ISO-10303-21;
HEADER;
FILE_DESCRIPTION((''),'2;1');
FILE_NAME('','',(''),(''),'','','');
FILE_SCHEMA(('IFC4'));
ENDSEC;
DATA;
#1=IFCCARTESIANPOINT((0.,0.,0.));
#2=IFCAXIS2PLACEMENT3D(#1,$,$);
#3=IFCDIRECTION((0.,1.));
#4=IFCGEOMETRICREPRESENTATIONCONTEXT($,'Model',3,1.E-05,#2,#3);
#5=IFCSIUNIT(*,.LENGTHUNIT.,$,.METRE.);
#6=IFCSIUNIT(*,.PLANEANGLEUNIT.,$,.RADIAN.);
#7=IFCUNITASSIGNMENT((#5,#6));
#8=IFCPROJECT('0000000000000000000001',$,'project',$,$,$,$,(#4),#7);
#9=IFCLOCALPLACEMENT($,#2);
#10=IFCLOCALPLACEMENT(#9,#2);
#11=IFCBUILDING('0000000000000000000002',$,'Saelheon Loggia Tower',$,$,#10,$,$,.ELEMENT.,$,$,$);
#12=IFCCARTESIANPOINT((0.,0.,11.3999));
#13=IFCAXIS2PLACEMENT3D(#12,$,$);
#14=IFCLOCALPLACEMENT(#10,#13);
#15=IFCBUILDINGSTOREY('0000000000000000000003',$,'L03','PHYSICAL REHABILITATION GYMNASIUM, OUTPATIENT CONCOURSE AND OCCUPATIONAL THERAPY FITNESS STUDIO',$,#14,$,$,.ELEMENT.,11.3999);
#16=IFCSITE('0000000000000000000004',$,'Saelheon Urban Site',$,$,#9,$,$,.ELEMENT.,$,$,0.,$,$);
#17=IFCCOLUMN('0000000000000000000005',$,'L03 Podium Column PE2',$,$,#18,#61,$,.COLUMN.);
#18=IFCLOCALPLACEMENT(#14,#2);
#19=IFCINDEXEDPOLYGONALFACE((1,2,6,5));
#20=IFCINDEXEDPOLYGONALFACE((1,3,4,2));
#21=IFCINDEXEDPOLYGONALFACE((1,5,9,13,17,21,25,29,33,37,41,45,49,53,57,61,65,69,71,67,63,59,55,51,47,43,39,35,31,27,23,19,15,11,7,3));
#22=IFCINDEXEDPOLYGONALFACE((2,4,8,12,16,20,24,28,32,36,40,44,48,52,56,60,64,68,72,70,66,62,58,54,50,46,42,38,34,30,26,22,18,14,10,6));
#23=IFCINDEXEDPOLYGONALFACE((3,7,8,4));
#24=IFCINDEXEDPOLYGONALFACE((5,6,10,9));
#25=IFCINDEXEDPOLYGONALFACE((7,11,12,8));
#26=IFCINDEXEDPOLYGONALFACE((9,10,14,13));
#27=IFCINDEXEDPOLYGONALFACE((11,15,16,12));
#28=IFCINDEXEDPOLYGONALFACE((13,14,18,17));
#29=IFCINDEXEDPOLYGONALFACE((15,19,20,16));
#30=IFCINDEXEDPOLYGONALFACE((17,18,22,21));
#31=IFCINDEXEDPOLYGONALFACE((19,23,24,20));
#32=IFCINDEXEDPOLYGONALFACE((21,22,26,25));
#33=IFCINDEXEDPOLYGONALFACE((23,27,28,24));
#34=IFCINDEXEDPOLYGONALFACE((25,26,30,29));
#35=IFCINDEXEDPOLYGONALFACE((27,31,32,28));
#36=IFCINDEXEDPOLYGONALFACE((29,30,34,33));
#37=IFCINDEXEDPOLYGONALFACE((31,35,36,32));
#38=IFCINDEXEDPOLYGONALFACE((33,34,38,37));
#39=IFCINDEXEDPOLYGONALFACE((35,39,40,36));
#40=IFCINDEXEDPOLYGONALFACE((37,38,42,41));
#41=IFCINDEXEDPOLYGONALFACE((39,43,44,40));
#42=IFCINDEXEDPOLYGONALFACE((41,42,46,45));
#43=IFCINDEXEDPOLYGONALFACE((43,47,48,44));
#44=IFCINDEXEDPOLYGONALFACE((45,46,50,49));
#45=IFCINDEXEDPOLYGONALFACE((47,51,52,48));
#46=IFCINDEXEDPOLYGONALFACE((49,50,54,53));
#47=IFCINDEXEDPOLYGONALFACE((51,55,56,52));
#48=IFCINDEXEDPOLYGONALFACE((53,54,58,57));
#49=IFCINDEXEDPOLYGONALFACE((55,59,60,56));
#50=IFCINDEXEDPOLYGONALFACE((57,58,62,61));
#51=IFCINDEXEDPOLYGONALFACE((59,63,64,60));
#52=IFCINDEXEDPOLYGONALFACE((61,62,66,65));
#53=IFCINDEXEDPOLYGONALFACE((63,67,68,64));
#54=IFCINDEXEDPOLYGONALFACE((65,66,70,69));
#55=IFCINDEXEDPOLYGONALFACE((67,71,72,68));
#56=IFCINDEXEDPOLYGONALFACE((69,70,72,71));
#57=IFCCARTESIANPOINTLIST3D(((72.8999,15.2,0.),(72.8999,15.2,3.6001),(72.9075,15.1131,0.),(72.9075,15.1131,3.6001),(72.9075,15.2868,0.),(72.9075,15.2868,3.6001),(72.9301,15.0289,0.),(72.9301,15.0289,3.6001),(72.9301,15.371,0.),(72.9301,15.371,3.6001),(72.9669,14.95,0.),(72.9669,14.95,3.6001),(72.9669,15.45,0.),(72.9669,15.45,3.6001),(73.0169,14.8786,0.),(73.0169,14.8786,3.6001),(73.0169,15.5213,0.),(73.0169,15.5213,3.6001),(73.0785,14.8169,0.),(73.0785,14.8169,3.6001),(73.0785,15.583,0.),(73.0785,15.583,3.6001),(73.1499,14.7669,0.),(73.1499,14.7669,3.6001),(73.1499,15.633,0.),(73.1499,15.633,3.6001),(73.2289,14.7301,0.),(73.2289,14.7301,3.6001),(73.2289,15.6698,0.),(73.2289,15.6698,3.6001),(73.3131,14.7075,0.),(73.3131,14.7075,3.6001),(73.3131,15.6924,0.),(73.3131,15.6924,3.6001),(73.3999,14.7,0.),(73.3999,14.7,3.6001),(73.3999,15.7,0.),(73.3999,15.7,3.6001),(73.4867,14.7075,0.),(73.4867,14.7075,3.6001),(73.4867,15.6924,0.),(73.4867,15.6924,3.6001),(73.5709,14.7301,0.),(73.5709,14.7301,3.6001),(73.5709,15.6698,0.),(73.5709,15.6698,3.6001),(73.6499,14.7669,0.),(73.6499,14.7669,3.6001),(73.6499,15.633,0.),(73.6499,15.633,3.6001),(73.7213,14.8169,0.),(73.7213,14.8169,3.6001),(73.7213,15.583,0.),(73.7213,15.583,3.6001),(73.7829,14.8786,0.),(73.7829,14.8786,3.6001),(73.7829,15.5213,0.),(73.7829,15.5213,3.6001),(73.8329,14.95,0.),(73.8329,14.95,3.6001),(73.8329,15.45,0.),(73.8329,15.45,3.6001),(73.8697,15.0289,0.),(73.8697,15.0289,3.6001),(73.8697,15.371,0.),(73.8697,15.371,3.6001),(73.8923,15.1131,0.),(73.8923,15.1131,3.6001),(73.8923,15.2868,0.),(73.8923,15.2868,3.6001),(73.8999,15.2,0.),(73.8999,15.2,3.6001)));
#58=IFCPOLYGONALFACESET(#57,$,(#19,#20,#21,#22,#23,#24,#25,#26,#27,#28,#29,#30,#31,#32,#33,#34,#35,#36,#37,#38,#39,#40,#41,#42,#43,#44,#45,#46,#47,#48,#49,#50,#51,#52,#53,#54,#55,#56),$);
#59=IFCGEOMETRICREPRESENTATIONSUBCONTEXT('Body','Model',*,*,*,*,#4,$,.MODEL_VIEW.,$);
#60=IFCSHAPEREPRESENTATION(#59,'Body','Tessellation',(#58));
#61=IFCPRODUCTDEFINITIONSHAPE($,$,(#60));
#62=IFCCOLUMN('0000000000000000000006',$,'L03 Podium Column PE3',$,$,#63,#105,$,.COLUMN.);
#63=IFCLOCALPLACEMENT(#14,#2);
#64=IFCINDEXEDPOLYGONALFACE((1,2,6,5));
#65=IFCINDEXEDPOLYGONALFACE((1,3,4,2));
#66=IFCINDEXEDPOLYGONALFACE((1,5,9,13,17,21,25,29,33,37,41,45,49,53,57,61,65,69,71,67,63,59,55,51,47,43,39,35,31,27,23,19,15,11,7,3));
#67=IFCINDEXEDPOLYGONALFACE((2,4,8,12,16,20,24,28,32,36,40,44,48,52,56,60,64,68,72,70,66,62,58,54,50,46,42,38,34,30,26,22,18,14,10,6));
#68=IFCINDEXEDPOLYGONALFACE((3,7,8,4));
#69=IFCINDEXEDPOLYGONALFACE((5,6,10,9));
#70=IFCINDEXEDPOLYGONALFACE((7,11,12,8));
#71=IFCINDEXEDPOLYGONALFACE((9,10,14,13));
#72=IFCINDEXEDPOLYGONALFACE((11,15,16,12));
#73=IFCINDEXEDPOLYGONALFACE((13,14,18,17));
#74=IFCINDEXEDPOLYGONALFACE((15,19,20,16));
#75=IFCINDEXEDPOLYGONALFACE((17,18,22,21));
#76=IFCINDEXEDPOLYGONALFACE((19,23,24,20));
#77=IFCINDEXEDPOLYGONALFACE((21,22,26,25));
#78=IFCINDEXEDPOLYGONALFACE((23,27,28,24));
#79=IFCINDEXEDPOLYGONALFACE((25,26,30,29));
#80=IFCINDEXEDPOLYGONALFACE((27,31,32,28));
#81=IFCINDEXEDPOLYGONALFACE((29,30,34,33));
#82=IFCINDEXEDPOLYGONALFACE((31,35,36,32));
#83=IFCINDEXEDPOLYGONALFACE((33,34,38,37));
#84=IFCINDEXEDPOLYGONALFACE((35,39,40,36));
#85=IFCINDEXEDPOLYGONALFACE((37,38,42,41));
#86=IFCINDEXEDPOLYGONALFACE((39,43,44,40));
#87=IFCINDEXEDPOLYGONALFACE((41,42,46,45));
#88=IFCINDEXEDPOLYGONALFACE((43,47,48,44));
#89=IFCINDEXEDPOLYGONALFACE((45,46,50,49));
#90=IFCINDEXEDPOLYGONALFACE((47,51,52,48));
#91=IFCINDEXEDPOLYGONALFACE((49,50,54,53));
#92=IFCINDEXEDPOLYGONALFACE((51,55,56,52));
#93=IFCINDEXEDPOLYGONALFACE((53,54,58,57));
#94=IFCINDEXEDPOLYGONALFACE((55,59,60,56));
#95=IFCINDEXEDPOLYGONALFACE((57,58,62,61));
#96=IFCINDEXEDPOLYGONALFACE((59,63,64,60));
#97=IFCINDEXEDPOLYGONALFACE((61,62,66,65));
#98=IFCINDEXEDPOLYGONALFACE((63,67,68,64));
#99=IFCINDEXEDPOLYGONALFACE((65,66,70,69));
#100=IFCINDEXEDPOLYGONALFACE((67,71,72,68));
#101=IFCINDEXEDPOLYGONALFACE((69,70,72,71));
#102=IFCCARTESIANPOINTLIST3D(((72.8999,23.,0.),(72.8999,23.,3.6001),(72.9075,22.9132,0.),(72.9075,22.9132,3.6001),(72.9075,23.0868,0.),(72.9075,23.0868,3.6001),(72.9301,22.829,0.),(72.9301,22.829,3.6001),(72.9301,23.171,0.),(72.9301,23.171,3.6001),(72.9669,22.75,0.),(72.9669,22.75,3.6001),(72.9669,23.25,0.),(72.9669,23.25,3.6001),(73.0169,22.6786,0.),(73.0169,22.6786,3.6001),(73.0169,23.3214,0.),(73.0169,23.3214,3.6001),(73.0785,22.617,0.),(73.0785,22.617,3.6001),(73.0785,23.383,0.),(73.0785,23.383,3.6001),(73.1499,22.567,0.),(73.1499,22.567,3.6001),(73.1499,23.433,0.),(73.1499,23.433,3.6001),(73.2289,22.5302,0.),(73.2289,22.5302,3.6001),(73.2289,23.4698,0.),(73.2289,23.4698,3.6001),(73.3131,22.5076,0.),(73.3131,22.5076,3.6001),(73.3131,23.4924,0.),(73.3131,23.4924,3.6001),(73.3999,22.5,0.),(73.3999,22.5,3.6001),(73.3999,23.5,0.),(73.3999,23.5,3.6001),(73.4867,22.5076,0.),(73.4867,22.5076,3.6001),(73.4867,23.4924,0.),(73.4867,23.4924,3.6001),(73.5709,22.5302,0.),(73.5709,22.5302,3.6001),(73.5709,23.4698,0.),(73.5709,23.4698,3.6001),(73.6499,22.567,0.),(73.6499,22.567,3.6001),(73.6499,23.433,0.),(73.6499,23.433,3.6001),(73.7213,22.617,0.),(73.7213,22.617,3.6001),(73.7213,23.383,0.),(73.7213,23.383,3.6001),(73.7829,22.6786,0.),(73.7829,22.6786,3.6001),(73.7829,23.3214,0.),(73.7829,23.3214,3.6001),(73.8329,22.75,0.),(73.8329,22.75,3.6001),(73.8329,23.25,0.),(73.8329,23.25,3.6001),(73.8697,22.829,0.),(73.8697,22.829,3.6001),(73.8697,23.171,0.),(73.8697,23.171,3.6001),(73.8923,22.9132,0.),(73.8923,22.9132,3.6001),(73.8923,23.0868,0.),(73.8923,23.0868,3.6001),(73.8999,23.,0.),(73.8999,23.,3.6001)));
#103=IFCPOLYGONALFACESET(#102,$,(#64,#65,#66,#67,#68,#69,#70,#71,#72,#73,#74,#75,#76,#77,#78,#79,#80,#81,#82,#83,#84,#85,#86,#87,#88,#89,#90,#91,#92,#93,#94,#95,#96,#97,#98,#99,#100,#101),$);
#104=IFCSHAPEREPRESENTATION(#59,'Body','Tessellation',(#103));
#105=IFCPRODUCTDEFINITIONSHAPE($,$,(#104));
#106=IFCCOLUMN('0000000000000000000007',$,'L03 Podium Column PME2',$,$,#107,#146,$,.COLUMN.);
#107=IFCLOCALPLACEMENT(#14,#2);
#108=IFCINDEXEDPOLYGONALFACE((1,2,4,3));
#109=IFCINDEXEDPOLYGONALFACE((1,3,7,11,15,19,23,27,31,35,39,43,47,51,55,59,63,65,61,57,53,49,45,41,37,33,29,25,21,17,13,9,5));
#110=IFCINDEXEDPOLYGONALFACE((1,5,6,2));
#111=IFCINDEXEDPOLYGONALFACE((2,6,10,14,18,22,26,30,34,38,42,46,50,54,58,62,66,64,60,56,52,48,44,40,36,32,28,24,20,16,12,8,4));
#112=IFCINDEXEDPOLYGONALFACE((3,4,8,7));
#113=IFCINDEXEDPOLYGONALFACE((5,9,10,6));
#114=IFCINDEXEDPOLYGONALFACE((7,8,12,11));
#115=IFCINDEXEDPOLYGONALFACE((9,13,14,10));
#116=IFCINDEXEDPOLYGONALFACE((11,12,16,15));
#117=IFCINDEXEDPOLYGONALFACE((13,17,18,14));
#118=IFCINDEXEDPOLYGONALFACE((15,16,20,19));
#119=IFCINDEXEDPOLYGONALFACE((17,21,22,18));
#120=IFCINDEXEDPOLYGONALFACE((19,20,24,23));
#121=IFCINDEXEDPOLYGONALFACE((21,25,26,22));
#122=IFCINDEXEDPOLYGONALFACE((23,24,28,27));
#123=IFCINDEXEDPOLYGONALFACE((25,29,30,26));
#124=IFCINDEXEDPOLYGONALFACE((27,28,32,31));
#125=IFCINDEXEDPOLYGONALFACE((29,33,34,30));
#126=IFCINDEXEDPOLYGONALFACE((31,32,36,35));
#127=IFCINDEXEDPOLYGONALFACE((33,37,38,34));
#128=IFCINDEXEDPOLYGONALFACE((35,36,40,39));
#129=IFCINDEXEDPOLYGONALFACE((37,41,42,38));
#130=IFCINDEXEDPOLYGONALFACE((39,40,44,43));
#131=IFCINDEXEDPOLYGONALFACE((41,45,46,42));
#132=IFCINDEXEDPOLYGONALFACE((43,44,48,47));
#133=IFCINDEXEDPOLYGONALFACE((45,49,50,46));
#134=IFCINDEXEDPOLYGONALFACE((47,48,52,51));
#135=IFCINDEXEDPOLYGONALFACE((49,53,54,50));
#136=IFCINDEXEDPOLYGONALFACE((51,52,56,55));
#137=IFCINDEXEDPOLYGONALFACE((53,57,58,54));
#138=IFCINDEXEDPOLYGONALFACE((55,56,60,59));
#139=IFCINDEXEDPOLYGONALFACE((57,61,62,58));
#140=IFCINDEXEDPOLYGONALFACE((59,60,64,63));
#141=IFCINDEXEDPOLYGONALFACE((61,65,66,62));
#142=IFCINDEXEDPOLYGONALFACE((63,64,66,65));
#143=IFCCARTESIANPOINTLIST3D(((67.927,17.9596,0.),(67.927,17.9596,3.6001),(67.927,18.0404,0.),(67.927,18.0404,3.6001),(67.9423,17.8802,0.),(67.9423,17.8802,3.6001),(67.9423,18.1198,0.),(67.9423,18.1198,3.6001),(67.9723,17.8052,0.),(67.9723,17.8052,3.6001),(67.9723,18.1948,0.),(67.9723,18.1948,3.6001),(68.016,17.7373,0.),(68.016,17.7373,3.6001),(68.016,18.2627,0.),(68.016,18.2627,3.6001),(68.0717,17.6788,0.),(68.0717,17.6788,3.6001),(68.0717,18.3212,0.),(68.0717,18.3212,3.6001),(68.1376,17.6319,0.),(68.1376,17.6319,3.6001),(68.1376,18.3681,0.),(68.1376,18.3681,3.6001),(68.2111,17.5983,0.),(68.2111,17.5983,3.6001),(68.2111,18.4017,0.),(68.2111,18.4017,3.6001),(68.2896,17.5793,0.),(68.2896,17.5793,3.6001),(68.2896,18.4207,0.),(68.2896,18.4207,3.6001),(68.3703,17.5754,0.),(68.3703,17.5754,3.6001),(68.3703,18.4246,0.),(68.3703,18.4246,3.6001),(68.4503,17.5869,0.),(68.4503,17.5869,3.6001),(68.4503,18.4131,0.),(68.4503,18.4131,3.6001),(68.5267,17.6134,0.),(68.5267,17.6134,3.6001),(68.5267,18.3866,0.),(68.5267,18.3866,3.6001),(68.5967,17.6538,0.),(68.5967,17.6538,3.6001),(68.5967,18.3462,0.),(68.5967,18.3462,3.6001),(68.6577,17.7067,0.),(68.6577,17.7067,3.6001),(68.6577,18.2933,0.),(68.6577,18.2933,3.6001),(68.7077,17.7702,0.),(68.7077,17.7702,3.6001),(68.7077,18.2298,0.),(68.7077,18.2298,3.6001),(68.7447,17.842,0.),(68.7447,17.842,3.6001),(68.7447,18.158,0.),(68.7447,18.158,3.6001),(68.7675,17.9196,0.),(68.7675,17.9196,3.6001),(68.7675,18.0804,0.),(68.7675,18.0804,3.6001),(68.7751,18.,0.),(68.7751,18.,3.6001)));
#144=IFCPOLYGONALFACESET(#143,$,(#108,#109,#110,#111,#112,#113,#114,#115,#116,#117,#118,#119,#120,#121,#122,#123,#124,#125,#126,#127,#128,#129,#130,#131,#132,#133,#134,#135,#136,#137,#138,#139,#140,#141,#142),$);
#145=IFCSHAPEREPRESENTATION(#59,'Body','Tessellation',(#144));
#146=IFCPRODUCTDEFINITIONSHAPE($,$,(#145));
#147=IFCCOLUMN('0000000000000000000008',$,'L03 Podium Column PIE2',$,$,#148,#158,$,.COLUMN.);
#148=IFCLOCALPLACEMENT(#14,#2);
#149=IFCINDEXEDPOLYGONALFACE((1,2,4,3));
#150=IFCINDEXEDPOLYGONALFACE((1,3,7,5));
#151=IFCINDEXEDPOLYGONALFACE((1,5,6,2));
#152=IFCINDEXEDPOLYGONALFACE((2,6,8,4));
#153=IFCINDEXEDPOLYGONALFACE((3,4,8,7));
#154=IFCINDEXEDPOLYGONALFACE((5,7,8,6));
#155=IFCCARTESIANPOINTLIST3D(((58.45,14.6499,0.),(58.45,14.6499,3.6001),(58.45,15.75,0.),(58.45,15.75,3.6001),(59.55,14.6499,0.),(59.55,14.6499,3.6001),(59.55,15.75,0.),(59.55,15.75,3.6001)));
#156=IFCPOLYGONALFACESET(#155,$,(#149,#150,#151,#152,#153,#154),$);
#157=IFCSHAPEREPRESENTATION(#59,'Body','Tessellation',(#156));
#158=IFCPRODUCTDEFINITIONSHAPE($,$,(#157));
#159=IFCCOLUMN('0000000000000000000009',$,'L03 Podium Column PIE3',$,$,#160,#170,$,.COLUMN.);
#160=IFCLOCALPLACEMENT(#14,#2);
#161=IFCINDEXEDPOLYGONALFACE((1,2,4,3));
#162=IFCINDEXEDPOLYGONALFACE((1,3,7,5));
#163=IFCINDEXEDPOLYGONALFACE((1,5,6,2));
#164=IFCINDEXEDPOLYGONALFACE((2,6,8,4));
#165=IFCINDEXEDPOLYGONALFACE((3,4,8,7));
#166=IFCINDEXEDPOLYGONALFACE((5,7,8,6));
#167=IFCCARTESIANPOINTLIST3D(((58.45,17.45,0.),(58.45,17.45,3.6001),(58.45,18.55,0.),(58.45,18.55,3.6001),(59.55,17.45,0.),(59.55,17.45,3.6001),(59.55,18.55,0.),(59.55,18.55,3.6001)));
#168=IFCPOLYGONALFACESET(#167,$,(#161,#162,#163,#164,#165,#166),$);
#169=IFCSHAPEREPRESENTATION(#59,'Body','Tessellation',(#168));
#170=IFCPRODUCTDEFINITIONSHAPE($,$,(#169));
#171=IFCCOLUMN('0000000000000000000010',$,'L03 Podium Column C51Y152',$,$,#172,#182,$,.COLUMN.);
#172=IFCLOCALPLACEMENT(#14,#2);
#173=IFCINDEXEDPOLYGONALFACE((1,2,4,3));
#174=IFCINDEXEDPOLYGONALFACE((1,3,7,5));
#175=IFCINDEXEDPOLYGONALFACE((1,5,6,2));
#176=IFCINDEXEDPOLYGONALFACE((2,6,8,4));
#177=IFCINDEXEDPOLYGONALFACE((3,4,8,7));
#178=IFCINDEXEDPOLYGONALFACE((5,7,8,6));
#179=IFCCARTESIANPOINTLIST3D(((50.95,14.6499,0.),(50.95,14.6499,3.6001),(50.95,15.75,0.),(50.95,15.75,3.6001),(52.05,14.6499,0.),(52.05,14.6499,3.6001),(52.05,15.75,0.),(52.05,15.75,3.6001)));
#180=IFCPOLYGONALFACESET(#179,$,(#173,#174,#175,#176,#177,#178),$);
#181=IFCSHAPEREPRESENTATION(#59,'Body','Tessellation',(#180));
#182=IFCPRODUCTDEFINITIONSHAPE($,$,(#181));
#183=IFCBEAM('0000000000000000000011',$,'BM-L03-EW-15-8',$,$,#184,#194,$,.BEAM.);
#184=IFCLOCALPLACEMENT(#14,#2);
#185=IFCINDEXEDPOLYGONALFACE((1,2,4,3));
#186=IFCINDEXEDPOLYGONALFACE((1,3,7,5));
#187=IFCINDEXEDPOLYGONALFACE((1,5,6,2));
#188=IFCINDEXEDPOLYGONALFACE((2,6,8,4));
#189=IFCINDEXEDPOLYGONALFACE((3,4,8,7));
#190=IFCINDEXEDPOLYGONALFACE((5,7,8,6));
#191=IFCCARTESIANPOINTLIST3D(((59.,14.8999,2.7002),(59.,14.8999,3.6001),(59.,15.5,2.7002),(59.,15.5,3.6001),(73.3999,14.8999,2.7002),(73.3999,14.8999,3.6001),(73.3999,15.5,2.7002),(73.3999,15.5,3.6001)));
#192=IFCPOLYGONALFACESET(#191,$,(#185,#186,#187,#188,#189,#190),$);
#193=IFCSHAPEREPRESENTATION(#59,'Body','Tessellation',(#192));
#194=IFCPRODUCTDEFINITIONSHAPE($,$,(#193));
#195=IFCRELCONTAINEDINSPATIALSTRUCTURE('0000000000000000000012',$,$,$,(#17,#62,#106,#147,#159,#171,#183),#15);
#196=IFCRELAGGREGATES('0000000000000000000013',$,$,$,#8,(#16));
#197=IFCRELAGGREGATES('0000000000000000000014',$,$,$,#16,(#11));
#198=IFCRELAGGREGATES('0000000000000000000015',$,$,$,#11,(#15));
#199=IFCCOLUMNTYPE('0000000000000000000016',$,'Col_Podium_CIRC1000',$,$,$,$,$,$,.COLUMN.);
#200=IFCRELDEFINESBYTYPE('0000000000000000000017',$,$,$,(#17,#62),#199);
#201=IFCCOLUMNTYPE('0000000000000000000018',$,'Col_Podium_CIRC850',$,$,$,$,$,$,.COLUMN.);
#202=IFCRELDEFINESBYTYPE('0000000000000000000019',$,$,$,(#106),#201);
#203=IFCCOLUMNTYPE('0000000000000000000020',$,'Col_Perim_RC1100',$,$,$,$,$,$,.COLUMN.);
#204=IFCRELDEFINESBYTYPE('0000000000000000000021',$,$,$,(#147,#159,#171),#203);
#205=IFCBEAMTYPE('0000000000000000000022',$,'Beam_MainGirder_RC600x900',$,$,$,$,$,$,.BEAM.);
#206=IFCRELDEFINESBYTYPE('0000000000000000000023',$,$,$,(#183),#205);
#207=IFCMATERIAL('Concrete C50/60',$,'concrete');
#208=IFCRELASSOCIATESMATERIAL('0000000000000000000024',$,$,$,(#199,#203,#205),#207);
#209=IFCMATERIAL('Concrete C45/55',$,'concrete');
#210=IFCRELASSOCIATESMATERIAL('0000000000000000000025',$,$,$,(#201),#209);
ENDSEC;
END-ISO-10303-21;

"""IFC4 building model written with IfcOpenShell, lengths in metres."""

from ifc_helpers import new_model, si_unit, direction, frame, origin, origin_2d, place, context, subcontext, project, spatial, rectangle, circle, extrude, source, transform, mapped, material, material_profile, profile_set, type_object, element, save


model = new_model("IFC4")

# Units and contexts
model_context = context("Model", 3, precision=1e-05, world=origin(), true_north=direction((0.0, 1.0)))
body_context = subcontext(model_context, "Body", "Model", "MODEL_VIEW")
ifc_project = project(units=[si_unit("LENGTHUNIT", "METRE"), si_unit("PLANEANGLEUNIT", "RADIAN")], contexts=[model_context])

# Site, building, storey
site_placement = place(None, origin())
site = spatial("IfcSite", under=ifc_project, at=site_placement, Name="Saelheon Urban Site", CompositionType="ELEMENT", RefElevation=0.0)
building_placement = place(site_placement, origin())
building = spatial("IfcBuilding", under=site, at=building_placement, Name="Saelheon Loggia Tower", CompositionType="ELEMENT")
storey_placement = place(building_placement, frame((0.0, 0.0, 11.3999)))
storey = spatial("IfcBuildingStorey", under=building, at=storey_placement, Name="L03", Description="PHYSICAL REHABILITATION GYMNASIUM, OUTPATIENT CONCOURSE AND OCCUPATIONAL THERAPY FITNESS STUDIO", CompositionType="ELEMENT", Elevation=11.3999)

# Columns
ifc_material_1 = material(Name="Concrete C50/60", Category="concrete")
ifc_material_profile_1 = material_profile(ifc_material_1, circle(Radius=0.5, at=origin_2d()), Name="CIRC-1000")
ifc_profile_set_1 = profile_set([ifc_material_profile_1], Name="Concrete C50/60")
column_type_1 = type_object("IfcColumnType", Name="Col_Podium_CIRC1000", PredefinedType="COLUMN", material=ifc_profile_set_1)
shared_shape_1 = source(origin(), body_context, "Body", "SweptSolid", [
    extrude(circle(Radius=0.5, at=origin_2d()), origin(), (0.0, 0.0, 1.0), 3.6001),
])
for number, where, z_axis, x_axis, name in (
    (1, (73.3999, 15.2, 0.0), (0.0, 0.0, 1.0), (1.0, 0.0, 0.0), "L03 Podium Column PE2"),
    (2, (73.3999, 23.0, 0.0), (0.0, 0.0, 1.0), (1.0, 0.0, 0.0), "L03 Podium Column PE3"),
):
    element("IfcColumn", number, at=place(storey_placement, frame(where, z_axis=z_axis, x_axis=x_axis)), inside=storey, type_object=column_type_1, Name=name, PredefinedType="COLUMN", context=body_context, shape_type="MappedRepresentation", body=[
        mapped(shared_shape_1, transform((0.0, 0.0, 0.0), scale=1.0)),
    ])
ifc_material_2 = material(Name="Concrete C45/55", Category="concrete")
ifc_material_profile_2 = material_profile(ifc_material_2, circle(Radius=0.425, at=origin_2d()), Name="CIRC-850")
ifc_profile_set_2 = profile_set([ifc_material_profile_2], Name="Concrete C45/55")
column_type_2 = type_object("IfcColumnType", Name="Col_Podium_CIRC850", PredefinedType="COLUMN", material=ifc_profile_set_2)
shared_shape_2 = source(origin(), body_context, "Body", "SweptSolid", [
    extrude(circle(Radius=0.425, at=origin_2d()), origin(), (0.0, 0.0, 1.0), 3.6001),
])
column_placement = place(storey_placement, frame((68.3501, 18.0, 0.0), z_axis=(0.0, 0.0, 1.0), x_axis=(1.0, 0.0, 0.0)))
element("IfcColumn", 3, at=column_placement, inside=storey, type_object=column_type_2, Name="L03 Podium Column PME2", PredefinedType="COLUMN", context=body_context, shape_type="MappedRepresentation", body=[
    mapped(shared_shape_2, transform((0.0, 0.0, 0.0), scale=1.0)),
])
ifc_material_profile_3 = material_profile(ifc_material_1, rectangle(XDim=1.1001, YDim=1.1001, at=origin_2d()), Name="RC-1100x1100")
ifc_profile_set_3 = profile_set([ifc_material_profile_3], Name="Concrete C50/60")
column_type_3 = type_object("IfcColumnType", Name="Col_Perim_RC1100", PredefinedType="COLUMN", material=ifc_profile_set_3)
shared_shape_3 = source(origin(), body_context, "Body", "SweptSolid", [
    extrude(rectangle(XDim=1.1001, YDim=1.1001, at=origin_2d()), origin(), (0.0, 0.0, 1.0), 3.6001),
])
for number, where, z_axis, x_axis, name in (
    (4, (59.0, 15.2, 0.0), (0.0, 0.0, 1.0), (1.0, 0.0, 0.0), "L03 Podium Column PIE2"),
    (5, (59.0, 18.0, 0.0), (0.0, 0.0, 1.0), (1.0, 0.0, 0.0), "L03 Podium Column PIE3"),
    (6, (51.5, 15.2, 0.0), (0.0, 0.0, 1.0), (1.0, 0.0, 0.0), "L03 Podium Column C51Y152"),
):
    element("IfcColumn", number, at=place(storey_placement, frame(where, z_axis=z_axis, x_axis=x_axis)), inside=storey, type_object=column_type_3, Name=name, PredefinedType="COLUMN", context=body_context, shape_type="MappedRepresentation", body=[
        mapped(shared_shape_3, transform((0.0, 0.0, 0.0), scale=1.0)),
    ])

# Beam
ifc_material_profile_4 = material_profile(ifc_material_1, rectangle(XDim=0.6001, YDim=0.8999, at=origin_2d()), Name="RC-600x900")
ifc_profile_set_4 = profile_set([ifc_material_profile_4], Name="Concrete C50/60")
beam_type_1 = type_object("IfcBeamType", Name="Beam_MainGirder_RC600x900", PredefinedType="BEAM", material=ifc_profile_set_4)
shared_shape_4 = source(origin(), body_context, "Body", "SweptSolid", [
    extrude(rectangle(XDim=0.6001, YDim=0.8999, at=origin_2d()), origin(), (0.0, 0.0, 1.0), 14.3999),
])
beam_1_placement = place(storey_placement, frame((59.0, 15.2, 3.1501), z_axis=(1.0, 0.0, 0.0), x_axis=(0.0, 1.0, 0.0)))
element("IfcBeam", 7, at=beam_1_placement, inside=storey, type_object=beam_type_1, Name="BM-L03-EW-15-8", PredefinedType="BEAM", context=body_context, shape_type="MappedRepresentation", body=[
    mapped(shared_shape_4, transform((0.0, 0.0, 0.0), scale=1.0)),
])

save(model, "model.ifc")
